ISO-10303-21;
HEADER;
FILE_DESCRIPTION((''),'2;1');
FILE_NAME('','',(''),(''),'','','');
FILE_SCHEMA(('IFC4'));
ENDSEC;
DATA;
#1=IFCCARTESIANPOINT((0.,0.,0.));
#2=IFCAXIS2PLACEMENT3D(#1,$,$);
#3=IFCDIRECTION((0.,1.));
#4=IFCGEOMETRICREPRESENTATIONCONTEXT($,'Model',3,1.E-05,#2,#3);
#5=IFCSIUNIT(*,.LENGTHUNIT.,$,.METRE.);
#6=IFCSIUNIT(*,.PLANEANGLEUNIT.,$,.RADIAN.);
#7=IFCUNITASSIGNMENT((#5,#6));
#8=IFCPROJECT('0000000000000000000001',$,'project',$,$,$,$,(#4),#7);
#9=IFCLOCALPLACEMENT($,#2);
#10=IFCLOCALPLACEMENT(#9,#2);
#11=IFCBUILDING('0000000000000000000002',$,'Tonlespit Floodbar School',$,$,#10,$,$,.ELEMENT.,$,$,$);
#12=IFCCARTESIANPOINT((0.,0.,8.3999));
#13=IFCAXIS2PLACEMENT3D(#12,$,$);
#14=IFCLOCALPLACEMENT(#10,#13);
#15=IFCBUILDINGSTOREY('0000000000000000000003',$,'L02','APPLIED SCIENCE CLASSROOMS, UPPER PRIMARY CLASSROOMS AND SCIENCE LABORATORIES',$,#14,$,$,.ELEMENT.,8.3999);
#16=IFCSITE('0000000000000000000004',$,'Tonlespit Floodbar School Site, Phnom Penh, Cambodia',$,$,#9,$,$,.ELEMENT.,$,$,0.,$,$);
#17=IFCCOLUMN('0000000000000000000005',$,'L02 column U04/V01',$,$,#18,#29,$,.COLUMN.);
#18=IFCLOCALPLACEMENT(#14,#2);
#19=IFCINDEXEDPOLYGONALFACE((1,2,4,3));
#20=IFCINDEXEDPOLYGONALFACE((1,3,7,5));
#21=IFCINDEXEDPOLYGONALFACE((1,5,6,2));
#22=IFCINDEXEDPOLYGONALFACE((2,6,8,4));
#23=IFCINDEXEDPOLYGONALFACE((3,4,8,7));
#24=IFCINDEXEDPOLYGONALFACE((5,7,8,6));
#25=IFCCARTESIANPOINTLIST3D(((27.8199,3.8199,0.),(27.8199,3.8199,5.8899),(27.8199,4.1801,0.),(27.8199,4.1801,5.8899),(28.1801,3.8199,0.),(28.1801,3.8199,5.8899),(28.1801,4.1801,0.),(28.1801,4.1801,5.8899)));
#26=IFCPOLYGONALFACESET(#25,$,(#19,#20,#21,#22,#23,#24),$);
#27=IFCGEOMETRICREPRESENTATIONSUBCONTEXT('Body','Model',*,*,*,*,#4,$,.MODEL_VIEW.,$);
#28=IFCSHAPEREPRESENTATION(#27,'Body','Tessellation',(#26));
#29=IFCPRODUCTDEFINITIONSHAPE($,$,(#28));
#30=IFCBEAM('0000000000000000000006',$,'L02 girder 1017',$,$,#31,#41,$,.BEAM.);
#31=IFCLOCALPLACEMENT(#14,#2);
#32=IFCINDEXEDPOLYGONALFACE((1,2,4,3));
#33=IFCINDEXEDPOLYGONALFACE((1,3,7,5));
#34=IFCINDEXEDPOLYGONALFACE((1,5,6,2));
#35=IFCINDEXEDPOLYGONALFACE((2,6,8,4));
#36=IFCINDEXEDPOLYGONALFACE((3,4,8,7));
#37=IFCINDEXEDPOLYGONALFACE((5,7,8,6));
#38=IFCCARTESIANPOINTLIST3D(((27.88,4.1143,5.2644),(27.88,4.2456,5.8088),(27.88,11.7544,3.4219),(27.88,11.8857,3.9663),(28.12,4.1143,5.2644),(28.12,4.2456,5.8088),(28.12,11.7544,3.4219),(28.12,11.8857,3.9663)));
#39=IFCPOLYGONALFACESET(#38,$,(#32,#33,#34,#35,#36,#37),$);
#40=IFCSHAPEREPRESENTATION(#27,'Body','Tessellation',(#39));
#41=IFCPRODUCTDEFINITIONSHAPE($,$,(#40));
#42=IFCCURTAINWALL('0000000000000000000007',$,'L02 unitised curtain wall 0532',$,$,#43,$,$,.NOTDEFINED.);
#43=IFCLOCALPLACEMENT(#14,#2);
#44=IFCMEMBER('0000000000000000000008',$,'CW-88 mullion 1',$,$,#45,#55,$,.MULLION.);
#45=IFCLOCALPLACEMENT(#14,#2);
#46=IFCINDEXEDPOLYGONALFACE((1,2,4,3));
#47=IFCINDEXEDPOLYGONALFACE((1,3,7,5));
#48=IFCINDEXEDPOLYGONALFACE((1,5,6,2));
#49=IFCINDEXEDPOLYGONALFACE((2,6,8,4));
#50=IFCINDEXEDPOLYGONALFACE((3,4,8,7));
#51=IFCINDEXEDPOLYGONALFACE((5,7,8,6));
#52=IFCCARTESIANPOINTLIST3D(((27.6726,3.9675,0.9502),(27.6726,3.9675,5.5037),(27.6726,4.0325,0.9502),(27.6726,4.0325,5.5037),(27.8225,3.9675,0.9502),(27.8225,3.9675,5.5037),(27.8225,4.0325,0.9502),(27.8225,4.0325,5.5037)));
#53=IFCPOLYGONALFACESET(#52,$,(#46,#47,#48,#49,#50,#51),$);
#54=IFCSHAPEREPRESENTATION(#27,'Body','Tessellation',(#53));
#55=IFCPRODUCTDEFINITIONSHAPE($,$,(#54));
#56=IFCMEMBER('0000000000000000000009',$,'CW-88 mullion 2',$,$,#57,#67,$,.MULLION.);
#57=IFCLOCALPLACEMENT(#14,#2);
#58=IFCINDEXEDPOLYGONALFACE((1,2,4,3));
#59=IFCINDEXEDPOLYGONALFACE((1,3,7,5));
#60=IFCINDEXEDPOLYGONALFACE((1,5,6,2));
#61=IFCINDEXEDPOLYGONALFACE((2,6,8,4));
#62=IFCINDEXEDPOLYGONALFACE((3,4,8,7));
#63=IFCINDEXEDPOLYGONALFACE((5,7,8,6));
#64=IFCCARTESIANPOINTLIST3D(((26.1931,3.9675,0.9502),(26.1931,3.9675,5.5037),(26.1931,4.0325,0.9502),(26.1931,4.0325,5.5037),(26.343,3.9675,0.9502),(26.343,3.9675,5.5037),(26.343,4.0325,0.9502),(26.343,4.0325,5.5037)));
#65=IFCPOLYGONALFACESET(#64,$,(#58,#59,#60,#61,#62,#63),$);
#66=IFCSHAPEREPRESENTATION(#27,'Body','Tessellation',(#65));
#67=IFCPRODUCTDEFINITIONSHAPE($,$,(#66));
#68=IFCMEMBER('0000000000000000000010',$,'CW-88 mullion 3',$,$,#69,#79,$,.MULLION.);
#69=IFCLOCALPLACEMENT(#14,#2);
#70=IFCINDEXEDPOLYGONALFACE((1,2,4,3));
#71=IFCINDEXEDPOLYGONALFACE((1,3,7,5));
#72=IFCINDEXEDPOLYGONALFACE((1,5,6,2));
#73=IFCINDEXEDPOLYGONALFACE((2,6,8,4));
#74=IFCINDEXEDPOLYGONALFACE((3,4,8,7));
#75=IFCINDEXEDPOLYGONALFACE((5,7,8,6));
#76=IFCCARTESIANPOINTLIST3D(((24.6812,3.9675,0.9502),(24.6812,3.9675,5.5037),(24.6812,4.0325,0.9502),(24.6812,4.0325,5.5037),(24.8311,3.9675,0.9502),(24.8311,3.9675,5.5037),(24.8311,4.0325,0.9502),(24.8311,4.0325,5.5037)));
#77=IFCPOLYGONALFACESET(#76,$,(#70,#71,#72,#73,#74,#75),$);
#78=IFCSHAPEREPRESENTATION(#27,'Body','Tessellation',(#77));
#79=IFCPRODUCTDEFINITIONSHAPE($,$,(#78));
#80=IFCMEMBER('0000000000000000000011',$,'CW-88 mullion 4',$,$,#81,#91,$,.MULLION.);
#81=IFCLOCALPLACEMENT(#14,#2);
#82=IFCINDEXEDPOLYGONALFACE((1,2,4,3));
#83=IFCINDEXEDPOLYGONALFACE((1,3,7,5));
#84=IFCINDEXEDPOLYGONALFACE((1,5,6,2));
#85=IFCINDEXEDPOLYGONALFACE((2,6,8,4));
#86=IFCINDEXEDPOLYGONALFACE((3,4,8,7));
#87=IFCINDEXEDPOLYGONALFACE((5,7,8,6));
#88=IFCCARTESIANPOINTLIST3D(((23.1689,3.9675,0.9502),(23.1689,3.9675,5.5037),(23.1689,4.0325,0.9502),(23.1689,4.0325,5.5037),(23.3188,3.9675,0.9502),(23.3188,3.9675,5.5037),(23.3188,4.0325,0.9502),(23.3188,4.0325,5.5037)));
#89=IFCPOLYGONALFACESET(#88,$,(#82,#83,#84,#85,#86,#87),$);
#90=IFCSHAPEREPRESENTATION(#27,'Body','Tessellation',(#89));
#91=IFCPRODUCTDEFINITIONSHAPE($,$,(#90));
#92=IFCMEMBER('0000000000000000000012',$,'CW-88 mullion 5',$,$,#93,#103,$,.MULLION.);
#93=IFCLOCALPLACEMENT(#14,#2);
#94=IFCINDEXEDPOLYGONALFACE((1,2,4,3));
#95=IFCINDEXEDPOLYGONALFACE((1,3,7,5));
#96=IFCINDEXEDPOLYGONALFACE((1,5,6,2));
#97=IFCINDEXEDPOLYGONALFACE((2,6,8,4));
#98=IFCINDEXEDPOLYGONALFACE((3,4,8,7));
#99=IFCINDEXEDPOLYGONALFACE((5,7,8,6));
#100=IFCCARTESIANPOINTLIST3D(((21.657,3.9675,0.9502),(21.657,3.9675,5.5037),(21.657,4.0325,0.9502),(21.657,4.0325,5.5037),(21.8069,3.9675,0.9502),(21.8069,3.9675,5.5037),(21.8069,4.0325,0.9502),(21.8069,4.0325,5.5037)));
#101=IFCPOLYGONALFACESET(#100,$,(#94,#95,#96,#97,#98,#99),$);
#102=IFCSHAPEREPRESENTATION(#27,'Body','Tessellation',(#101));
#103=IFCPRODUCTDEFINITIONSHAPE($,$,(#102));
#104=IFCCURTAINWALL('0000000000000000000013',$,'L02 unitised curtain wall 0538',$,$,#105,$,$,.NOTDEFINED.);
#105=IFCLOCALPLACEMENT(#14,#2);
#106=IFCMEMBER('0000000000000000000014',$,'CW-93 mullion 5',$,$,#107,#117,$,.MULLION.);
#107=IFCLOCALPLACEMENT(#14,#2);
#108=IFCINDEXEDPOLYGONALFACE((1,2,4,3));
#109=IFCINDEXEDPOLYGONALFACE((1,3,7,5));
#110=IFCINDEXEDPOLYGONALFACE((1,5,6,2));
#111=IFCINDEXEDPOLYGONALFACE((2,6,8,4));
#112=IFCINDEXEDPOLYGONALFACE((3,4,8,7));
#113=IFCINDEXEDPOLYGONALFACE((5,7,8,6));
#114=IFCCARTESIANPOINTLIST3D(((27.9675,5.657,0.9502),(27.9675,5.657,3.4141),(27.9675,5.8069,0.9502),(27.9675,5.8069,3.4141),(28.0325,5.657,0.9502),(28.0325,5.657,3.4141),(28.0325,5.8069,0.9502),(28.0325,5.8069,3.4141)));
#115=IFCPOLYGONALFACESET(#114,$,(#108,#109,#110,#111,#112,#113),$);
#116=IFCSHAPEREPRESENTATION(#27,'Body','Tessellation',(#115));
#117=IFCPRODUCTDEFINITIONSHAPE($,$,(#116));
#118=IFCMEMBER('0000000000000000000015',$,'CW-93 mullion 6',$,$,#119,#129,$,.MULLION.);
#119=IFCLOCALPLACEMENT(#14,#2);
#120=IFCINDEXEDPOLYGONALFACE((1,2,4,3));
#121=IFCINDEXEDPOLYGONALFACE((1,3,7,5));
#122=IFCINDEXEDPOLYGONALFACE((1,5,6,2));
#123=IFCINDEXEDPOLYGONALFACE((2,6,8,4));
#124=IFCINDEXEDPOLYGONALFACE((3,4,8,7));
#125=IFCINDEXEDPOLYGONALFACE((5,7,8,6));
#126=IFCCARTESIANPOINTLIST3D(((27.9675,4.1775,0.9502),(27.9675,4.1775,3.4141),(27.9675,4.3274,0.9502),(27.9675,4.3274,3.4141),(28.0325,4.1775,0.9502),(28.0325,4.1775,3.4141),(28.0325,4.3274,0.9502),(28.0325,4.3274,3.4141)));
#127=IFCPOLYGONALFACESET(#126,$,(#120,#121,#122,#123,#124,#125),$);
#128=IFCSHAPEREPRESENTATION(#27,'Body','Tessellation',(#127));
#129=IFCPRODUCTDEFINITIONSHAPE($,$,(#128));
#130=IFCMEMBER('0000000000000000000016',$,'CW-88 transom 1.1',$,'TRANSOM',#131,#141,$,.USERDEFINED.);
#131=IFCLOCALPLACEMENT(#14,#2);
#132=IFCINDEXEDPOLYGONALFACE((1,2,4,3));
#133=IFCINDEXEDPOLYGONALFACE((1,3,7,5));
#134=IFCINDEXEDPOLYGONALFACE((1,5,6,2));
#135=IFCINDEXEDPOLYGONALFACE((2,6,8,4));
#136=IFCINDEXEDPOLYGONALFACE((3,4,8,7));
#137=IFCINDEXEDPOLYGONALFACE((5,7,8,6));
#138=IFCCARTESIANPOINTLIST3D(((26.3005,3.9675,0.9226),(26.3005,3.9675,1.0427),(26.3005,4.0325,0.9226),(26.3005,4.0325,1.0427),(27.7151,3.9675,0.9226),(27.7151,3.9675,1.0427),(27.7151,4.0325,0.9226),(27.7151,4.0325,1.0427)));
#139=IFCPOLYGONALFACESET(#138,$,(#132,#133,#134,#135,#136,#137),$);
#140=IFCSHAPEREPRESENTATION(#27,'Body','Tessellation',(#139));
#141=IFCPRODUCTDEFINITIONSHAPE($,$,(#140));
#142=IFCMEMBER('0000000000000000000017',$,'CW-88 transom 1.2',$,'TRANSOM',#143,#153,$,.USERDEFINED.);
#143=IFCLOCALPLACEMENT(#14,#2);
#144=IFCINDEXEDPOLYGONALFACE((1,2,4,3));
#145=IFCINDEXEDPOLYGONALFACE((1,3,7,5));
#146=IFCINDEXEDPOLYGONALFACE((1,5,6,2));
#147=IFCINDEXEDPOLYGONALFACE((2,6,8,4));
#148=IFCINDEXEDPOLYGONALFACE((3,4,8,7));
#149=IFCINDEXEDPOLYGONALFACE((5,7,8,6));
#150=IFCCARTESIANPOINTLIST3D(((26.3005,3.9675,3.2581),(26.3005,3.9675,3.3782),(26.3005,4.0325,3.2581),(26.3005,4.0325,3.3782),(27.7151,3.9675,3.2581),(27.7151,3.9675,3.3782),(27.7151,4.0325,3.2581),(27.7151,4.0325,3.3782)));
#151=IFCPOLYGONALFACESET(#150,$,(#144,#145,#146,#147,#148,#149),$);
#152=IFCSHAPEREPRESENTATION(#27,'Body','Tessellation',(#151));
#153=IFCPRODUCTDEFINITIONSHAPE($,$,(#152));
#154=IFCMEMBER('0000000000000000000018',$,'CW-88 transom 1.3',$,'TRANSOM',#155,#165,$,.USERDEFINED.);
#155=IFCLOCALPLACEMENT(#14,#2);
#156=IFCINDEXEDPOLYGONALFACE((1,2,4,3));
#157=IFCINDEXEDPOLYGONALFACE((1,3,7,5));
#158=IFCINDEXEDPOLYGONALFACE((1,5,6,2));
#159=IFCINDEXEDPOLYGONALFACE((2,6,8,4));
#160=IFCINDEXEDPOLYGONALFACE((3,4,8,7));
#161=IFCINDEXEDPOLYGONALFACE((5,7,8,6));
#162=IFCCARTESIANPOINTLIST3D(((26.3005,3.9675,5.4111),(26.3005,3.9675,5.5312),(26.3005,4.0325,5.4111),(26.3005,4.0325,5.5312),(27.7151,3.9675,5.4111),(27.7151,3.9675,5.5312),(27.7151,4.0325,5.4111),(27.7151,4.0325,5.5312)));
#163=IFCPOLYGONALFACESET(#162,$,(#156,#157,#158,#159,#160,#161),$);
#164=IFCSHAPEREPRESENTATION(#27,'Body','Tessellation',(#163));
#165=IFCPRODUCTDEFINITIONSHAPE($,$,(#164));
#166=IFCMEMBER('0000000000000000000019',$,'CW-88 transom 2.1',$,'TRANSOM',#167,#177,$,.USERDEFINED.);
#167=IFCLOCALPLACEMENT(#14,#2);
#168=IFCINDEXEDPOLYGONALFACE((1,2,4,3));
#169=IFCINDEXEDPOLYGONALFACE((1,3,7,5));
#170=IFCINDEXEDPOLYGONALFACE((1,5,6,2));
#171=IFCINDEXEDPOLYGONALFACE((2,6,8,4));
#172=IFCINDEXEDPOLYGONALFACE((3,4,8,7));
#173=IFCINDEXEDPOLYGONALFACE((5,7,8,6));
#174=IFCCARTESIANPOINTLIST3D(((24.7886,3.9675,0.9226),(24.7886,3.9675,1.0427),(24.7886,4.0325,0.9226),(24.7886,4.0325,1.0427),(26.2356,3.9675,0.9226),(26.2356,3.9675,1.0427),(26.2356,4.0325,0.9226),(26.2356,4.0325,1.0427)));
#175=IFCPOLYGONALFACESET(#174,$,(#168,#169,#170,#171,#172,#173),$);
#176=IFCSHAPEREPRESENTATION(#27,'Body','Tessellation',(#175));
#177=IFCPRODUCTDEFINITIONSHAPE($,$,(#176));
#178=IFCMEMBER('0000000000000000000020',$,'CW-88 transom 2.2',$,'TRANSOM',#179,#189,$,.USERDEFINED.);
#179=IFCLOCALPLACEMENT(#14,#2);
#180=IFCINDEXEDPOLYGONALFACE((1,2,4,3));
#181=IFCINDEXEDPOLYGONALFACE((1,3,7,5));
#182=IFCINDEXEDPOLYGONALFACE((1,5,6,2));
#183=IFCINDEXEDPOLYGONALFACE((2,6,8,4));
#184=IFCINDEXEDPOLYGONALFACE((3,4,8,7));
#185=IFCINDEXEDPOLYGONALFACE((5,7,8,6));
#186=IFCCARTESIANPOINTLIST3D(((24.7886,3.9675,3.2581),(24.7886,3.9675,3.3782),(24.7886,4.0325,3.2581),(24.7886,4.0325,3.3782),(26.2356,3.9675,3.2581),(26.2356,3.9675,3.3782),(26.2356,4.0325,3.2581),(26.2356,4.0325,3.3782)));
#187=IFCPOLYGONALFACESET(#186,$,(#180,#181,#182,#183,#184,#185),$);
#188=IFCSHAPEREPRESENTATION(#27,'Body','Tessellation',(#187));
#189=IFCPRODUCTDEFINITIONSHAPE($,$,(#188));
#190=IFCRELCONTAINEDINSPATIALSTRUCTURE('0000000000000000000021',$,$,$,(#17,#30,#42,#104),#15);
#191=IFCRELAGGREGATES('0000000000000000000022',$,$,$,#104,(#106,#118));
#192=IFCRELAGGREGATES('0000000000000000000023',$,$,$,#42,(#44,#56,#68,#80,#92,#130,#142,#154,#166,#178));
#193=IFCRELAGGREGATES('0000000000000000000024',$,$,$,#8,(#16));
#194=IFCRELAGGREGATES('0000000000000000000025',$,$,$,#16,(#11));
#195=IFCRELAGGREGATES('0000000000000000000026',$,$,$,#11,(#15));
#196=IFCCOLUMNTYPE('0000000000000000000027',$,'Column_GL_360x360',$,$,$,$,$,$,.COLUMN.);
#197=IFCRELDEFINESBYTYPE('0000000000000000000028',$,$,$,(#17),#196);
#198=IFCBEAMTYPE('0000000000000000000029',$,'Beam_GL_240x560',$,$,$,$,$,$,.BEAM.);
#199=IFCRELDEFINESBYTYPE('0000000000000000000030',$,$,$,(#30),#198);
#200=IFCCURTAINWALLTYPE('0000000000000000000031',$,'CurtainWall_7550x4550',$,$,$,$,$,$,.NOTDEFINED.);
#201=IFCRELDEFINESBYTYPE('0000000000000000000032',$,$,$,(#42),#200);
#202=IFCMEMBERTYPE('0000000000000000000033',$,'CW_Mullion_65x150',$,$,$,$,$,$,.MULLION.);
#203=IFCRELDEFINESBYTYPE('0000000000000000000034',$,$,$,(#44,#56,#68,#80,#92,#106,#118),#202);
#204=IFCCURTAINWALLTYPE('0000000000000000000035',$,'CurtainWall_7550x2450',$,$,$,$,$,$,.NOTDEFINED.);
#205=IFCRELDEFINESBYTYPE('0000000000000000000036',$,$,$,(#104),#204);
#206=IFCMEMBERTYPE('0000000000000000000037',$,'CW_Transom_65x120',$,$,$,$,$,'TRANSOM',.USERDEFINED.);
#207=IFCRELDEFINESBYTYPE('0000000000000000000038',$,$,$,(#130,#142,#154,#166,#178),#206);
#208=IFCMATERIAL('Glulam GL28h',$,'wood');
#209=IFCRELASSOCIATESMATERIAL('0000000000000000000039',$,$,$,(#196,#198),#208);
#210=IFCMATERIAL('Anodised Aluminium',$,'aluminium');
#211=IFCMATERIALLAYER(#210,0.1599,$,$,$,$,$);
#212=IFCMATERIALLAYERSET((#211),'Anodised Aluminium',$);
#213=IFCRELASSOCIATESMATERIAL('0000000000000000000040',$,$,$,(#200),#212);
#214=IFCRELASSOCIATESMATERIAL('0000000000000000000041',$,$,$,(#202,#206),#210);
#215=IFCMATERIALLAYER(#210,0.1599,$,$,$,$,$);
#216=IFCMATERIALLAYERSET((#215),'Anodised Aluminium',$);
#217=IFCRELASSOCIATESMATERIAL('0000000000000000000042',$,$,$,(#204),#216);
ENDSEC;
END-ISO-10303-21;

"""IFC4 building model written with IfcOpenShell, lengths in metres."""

from ifc_helpers import new_model, si_unit, direction, frame, origin, origin_2d, place, context, subcontext, project, spatial, rectangle, extrude, material, layer, layer_set, material_profile, profile_set, type_object, element, aggregate, save


model = new_model("IFC4")

# Units and contexts
model_context = context("Model", 3, precision=1e-05, world=origin(), true_north=direction((0.0, 1.0)))
body_context = subcontext(model_context, "Body", "Model", "MODEL_VIEW")
ifc_project = project(units=[si_unit("LENGTHUNIT", "METRE"), si_unit("PLANEANGLEUNIT", "RADIAN")], contexts=[model_context])

# Site, building, storey
site_placement = place(None, origin())
site = spatial("IfcSite", under=ifc_project, at=site_placement, Name="Tonlespit Floodbar School Site, Phnom Penh, Cambodia", CompositionType="ELEMENT", RefElevation=0.0)
building_placement = place(site_placement, origin())
building = spatial("IfcBuilding", under=site, at=building_placement, Name="Tonlespit Floodbar School", CompositionType="ELEMENT")
storey_placement = place(building_placement, frame((0.0, 0.0, 8.3999)))
storey = spatial("IfcBuildingStorey", under=building, at=storey_placement, Name="L02", Description="APPLIED SCIENCE CLASSROOMS, UPPER PRIMARY CLASSROOMS AND SCIENCE LABORATORIES", CompositionType="ELEMENT", Elevation=8.3999)

# Column
ifc_material_1 = material(Name="Glulam GL28h", Category="wood")
ifc_material_profile_1 = material_profile(ifc_material_1, rectangle(XDim=0.3601, YDim=0.3601, at=origin_2d()), Name="GL 360x360")
ifc_profile_set_1 = profile_set([ifc_material_profile_1], Name="Glulam GL28h")
column_type = type_object("IfcColumnType", Name="Column_GL_360x360", PredefinedType="COLUMN", material=ifc_profile_set_1)
column_placement = place(storey_placement, frame((28.0, 4.0, 0.0), z_axis=(0.0, 0.0, 1.0), x_axis=(1.0, 0.0, 0.0)))
element("IfcColumn", 1, at=column_placement, inside=storey, type_object=column_type, Name="L02 column U04/V01", PredefinedType="COLUMN", context=body_context, shape_type="SweptSolid", body=[
    extrude(rectangle(XDim=0.3601, YDim=0.3601, at=origin_2d()), origin(), (0.0, 0.0, 1.0), 5.8899),
])

# Beam
ifc_material_profile_2 = material_profile(ifc_material_1, rectangle(XDim=0.24, YDim=0.5601, at=origin_2d()), Name="GL 240x560")
ifc_profile_set_2 = profile_set([ifc_material_profile_2], Name="Glulam GL28h")
beam_type = type_object("IfcBeamType", Name="Beam_GL_240x560", PredefinedType="BEAM", material=ifc_profile_set_2)
beam_placement = place(storey_placement, frame((28.0, 4.1799, 5.5366), z_axis=(0.0, 0.97213, -0.234443), x_axis=(-1.0, 0.0, 0.0)))
element("IfcBeam", 2, at=beam_placement, inside=storey, type_object=beam_type, Name="L02 girder 1017", PredefinedType="BEAM", context=body_context, shape_type="SweptSolid", body=[
    extrude(rectangle(XDim=0.24, YDim=0.5601, at=origin_2d()), origin(), (0.0, 0.0, 1.0), 7.8591),
])

# Curtain walls, members
ifc_material_2 = material(Name="Anodised Aluminium", Category="aluminium")
ifc_layer_1 = layer(ifc_material_2, 0.1599)
ifc_layer_set_1 = layer_set([ifc_layer_1], Name="Anodised Aluminium")
curtain_wall_type_1 = type_object("IfcCurtainWallType", Name="CurtainWall_7550x4550", PredefinedType="NOTDEFINED", material=ifc_layer_set_1)
curtain_wall_1_placement = place(storey_placement, origin())
curtain_wall_1 = element("IfcCurtainWall", 3, at=curtain_wall_1_placement, inside=storey, type_object=curtain_wall_type_1, Name="L02 unitised curtain wall 0532", PredefinedType="NOTDEFINED")
ifc_material_profile_3 = material_profile(ifc_material_2, rectangle(XDim=0.0649, YDim=0.1499, at=origin_2d()), Name="ALU M65x150")
ifc_profile_set_3 = profile_set([ifc_material_profile_3], Name="Anodised Aluminium")
member_type_1 = type_object("IfcMemberType", Name="CW_Mullion_65x150", PredefinedType="MULLION", material=ifc_profile_set_3)
member_1_placement = place(storey_placement, frame((27.7476, 4.0, 0.9502), z_axis=(0.0, 0.0, 1.0), x_axis=(0.0, -1.0, 0.0)))
member_1 = element("IfcMember", 4, at=member_1_placement, type_object=member_type_1, Name="CW-88 mullion 1", PredefinedType="MULLION", context=body_context, shape_type="SweptSolid", body=[
    extrude(rectangle(XDim=0.0649, YDim=0.1499, at=origin_2d()), origin(), (0.0, 0.0, 1.0), 4.5535),
])
member_2_placement = place(storey_placement, frame((26.2681, 4.0, 0.9502), z_axis=(0.0, 0.0, 1.0), x_axis=(0.0, -1.0, 0.0)))
member_2 = element("IfcMember", 5, at=member_2_placement, type_object=member_type_1, Name="CW-88 mullion 2", PredefinedType="MULLION", context=body_context, shape_type="SweptSolid", body=[
    extrude(rectangle(XDim=0.0649, YDim=0.1499, at=origin_2d()), origin(), (0.0, 0.0, 1.0), 4.5535),
])
member_3_placement = place(storey_placement, frame((24.7561, 4.0, 0.9502), z_axis=(0.0, 0.0, 1.0), x_axis=(0.0, -1.0, 0.0)))
member_3 = element("IfcMember", 6, at=member_3_placement, type_object=member_type_1, Name="CW-88 mullion 3", PredefinedType="MULLION", context=body_context, shape_type="SweptSolid", body=[
    extrude(rectangle(XDim=0.0649, YDim=0.1499, at=origin_2d()), origin(), (0.0, 0.0, 1.0), 4.5535),
])
member_4_placement = place(storey_placement, frame((23.2439, 4.0, 0.9502), z_axis=(0.0, 0.0, 1.0), x_axis=(0.0, -1.0, 0.0)))
member_4 = element("IfcMember", 7, at=member_4_placement, type_object=member_type_1, Name="CW-88 mullion 4", PredefinedType="MULLION", context=body_context, shape_type="SweptSolid", body=[
    extrude(rectangle(XDim=0.0649, YDim=0.1499, at=origin_2d()), origin(), (0.0, 0.0, 1.0), 4.5535),
])
member_5_placement = place(storey_placement, frame((21.7319, 4.0, 0.9502), z_axis=(0.0, 0.0, 1.0), x_axis=(0.0, -1.0, 0.0)))
member_5 = element("IfcMember", 8, at=member_5_placement, type_object=member_type_1, Name="CW-88 mullion 5", PredefinedType="MULLION", context=body_context, shape_type="SweptSolid", body=[
    extrude(rectangle(XDim=0.0649, YDim=0.1499, at=origin_2d()), origin(), (0.0, 0.0, 1.0), 4.5535),
])
ifc_layer_2 = layer(ifc_material_2, 0.1599)
ifc_layer_set_2 = layer_set([ifc_layer_2], Name="Anodised Aluminium")
curtain_wall_type_2 = type_object("IfcCurtainWallType", Name="CurtainWall_7550x2450", PredefinedType="NOTDEFINED", material=ifc_layer_set_2)
curtain_wall_2_placement = place(storey_placement, origin())
curtain_wall_2 = element("IfcCurtainWall", 9, at=curtain_wall_2_placement, inside=storey, type_object=curtain_wall_type_2, Name="L02 unitised curtain wall 0538", PredefinedType="NOTDEFINED")
member_6_placement = place(storey_placement, frame((28.0, 5.7319, 0.9502), z_axis=(0.0, 0.0, 1.0), x_axis=(1.0, 0.0, 0.0)))
member_6 = element("IfcMember", 10, at=member_6_placement, type_object=member_type_1, Name="CW-93 mullion 5", PredefinedType="MULLION", context=body_context, shape_type="SweptSolid", body=[
    extrude(rectangle(XDim=0.0649, YDim=0.1499, at=origin_2d()), origin(), (0.0, 0.0, 1.0), 2.4639),
])
member_7_placement = place(storey_placement, frame((28.0, 4.2524, 0.9502), z_axis=(0.0, 0.0, 1.0), x_axis=(1.0, 0.0, 0.0)))
member_7 = element("IfcMember", 11, at=member_7_placement, type_object=member_type_1, Name="CW-93 mullion 6", PredefinedType="MULLION", context=body_context, shape_type="SweptSolid", body=[
    extrude(rectangle(XDim=0.0649, YDim=0.1499, at=origin_2d()), origin(), (0.0, 0.0, 1.0), 2.4639),
])

# Members
ifc_material_profile_4 = material_profile(ifc_material_2, rectangle(XDim=0.0649, YDim=0.1201, at=origin_2d()), Name="ALU T65x120")
ifc_profile_set_4 = profile_set([ifc_material_profile_4], Name="Anodised Aluminium")
member_type_2 = type_object("IfcMemberType", Name="CW_Transom_65x120", ElementType="TRANSOM", PredefinedType="USERDEFINED", material=ifc_profile_set_4)
member_8_placement = place(storey_placement, frame((27.7151, 4.0, 0.9827), z_axis=(-1.0, 0.0, 0.0), x_axis=(0.0, -1.0, 0.0)))
member_8 = element("IfcMember", 12, at=member_8_placement, type_object=member_type_2, Name="CW-88 transom 1.1", ObjectType="TRANSOM", PredefinedType="USERDEFINED", context=body_context, shape_type="SweptSolid", body=[
    extrude(rectangle(XDim=0.0649, YDim=0.1201, at=origin_2d()), origin(), (0.0, 0.0, 1.0), 1.4146),
])
member_9_placement = place(storey_placement, frame((27.7151, 4.0, 3.3181), z_axis=(-1.0, 0.0, 0.0), x_axis=(0.0, -1.0, 0.0)))
member_9 = element("IfcMember", 13, at=member_9_placement, type_object=member_type_2, Name="CW-88 transom 1.2", ObjectType="TRANSOM", PredefinedType="USERDEFINED", context=body_context, shape_type="SweptSolid", body=[
    extrude(rectangle(XDim=0.0649, YDim=0.1201, at=origin_2d()), origin(), (0.0, 0.0, 1.0), 1.4146),
])
member_10_placement = place(storey_placement, frame((27.7151, 4.0, 5.4712), z_axis=(-1.0, 0.0, 0.0), x_axis=(0.0, -1.0, 0.0)))
member_10 = element("IfcMember", 14, at=member_10_placement, type_object=member_type_2, Name="CW-88 transom 1.3", ObjectType="TRANSOM", PredefinedType="USERDEFINED", context=body_context, shape_type="SweptSolid", body=[
    extrude(rectangle(XDim=0.0649, YDim=0.1201, at=origin_2d()), origin(), (0.0, 0.0, 1.0), 1.4146),
])
member_11_placement = place(storey_placement, frame((26.2356, 4.0, 0.9827), z_axis=(-1.0, 0.0, 0.0), x_axis=(0.0, -1.0, 0.0)))
member_11 = element("IfcMember", 15, at=member_11_placement, type_object=member_type_2, Name="CW-88 transom 2.1", ObjectType="TRANSOM", PredefinedType="USERDEFINED", context=body_context, shape_type="SweptSolid", body=[
    extrude(rectangle(XDim=0.0649, YDim=0.1201, at=origin_2d()), origin(), (0.0, 0.0, 1.0), 1.447),
])
member_12_placement = place(storey_placement, frame((26.2356, 4.0, 3.3181), z_axis=(-1.0, 0.0, 0.0), x_axis=(0.0, -1.0, 0.0)))
member_12 = element("IfcMember", 16, at=member_12_placement, type_object=member_type_2, Name="CW-88 transom 2.2", ObjectType="TRANSOM", PredefinedType="USERDEFINED", context=body_context, shape_type="SweptSolid", body=[
    extrude(rectangle(XDim=0.0649, YDim=0.1201, at=origin_2d()), origin(), (0.0, 0.0, 1.0), 1.447),
])

aggregate(curtain_wall_2, [member_6, member_7])
aggregate(curtain_wall_1, [member_1, member_2, member_3, member_4, member_5, member_8, member_9, member_10, member_11, member_12])

save(model, "model.ifc")
